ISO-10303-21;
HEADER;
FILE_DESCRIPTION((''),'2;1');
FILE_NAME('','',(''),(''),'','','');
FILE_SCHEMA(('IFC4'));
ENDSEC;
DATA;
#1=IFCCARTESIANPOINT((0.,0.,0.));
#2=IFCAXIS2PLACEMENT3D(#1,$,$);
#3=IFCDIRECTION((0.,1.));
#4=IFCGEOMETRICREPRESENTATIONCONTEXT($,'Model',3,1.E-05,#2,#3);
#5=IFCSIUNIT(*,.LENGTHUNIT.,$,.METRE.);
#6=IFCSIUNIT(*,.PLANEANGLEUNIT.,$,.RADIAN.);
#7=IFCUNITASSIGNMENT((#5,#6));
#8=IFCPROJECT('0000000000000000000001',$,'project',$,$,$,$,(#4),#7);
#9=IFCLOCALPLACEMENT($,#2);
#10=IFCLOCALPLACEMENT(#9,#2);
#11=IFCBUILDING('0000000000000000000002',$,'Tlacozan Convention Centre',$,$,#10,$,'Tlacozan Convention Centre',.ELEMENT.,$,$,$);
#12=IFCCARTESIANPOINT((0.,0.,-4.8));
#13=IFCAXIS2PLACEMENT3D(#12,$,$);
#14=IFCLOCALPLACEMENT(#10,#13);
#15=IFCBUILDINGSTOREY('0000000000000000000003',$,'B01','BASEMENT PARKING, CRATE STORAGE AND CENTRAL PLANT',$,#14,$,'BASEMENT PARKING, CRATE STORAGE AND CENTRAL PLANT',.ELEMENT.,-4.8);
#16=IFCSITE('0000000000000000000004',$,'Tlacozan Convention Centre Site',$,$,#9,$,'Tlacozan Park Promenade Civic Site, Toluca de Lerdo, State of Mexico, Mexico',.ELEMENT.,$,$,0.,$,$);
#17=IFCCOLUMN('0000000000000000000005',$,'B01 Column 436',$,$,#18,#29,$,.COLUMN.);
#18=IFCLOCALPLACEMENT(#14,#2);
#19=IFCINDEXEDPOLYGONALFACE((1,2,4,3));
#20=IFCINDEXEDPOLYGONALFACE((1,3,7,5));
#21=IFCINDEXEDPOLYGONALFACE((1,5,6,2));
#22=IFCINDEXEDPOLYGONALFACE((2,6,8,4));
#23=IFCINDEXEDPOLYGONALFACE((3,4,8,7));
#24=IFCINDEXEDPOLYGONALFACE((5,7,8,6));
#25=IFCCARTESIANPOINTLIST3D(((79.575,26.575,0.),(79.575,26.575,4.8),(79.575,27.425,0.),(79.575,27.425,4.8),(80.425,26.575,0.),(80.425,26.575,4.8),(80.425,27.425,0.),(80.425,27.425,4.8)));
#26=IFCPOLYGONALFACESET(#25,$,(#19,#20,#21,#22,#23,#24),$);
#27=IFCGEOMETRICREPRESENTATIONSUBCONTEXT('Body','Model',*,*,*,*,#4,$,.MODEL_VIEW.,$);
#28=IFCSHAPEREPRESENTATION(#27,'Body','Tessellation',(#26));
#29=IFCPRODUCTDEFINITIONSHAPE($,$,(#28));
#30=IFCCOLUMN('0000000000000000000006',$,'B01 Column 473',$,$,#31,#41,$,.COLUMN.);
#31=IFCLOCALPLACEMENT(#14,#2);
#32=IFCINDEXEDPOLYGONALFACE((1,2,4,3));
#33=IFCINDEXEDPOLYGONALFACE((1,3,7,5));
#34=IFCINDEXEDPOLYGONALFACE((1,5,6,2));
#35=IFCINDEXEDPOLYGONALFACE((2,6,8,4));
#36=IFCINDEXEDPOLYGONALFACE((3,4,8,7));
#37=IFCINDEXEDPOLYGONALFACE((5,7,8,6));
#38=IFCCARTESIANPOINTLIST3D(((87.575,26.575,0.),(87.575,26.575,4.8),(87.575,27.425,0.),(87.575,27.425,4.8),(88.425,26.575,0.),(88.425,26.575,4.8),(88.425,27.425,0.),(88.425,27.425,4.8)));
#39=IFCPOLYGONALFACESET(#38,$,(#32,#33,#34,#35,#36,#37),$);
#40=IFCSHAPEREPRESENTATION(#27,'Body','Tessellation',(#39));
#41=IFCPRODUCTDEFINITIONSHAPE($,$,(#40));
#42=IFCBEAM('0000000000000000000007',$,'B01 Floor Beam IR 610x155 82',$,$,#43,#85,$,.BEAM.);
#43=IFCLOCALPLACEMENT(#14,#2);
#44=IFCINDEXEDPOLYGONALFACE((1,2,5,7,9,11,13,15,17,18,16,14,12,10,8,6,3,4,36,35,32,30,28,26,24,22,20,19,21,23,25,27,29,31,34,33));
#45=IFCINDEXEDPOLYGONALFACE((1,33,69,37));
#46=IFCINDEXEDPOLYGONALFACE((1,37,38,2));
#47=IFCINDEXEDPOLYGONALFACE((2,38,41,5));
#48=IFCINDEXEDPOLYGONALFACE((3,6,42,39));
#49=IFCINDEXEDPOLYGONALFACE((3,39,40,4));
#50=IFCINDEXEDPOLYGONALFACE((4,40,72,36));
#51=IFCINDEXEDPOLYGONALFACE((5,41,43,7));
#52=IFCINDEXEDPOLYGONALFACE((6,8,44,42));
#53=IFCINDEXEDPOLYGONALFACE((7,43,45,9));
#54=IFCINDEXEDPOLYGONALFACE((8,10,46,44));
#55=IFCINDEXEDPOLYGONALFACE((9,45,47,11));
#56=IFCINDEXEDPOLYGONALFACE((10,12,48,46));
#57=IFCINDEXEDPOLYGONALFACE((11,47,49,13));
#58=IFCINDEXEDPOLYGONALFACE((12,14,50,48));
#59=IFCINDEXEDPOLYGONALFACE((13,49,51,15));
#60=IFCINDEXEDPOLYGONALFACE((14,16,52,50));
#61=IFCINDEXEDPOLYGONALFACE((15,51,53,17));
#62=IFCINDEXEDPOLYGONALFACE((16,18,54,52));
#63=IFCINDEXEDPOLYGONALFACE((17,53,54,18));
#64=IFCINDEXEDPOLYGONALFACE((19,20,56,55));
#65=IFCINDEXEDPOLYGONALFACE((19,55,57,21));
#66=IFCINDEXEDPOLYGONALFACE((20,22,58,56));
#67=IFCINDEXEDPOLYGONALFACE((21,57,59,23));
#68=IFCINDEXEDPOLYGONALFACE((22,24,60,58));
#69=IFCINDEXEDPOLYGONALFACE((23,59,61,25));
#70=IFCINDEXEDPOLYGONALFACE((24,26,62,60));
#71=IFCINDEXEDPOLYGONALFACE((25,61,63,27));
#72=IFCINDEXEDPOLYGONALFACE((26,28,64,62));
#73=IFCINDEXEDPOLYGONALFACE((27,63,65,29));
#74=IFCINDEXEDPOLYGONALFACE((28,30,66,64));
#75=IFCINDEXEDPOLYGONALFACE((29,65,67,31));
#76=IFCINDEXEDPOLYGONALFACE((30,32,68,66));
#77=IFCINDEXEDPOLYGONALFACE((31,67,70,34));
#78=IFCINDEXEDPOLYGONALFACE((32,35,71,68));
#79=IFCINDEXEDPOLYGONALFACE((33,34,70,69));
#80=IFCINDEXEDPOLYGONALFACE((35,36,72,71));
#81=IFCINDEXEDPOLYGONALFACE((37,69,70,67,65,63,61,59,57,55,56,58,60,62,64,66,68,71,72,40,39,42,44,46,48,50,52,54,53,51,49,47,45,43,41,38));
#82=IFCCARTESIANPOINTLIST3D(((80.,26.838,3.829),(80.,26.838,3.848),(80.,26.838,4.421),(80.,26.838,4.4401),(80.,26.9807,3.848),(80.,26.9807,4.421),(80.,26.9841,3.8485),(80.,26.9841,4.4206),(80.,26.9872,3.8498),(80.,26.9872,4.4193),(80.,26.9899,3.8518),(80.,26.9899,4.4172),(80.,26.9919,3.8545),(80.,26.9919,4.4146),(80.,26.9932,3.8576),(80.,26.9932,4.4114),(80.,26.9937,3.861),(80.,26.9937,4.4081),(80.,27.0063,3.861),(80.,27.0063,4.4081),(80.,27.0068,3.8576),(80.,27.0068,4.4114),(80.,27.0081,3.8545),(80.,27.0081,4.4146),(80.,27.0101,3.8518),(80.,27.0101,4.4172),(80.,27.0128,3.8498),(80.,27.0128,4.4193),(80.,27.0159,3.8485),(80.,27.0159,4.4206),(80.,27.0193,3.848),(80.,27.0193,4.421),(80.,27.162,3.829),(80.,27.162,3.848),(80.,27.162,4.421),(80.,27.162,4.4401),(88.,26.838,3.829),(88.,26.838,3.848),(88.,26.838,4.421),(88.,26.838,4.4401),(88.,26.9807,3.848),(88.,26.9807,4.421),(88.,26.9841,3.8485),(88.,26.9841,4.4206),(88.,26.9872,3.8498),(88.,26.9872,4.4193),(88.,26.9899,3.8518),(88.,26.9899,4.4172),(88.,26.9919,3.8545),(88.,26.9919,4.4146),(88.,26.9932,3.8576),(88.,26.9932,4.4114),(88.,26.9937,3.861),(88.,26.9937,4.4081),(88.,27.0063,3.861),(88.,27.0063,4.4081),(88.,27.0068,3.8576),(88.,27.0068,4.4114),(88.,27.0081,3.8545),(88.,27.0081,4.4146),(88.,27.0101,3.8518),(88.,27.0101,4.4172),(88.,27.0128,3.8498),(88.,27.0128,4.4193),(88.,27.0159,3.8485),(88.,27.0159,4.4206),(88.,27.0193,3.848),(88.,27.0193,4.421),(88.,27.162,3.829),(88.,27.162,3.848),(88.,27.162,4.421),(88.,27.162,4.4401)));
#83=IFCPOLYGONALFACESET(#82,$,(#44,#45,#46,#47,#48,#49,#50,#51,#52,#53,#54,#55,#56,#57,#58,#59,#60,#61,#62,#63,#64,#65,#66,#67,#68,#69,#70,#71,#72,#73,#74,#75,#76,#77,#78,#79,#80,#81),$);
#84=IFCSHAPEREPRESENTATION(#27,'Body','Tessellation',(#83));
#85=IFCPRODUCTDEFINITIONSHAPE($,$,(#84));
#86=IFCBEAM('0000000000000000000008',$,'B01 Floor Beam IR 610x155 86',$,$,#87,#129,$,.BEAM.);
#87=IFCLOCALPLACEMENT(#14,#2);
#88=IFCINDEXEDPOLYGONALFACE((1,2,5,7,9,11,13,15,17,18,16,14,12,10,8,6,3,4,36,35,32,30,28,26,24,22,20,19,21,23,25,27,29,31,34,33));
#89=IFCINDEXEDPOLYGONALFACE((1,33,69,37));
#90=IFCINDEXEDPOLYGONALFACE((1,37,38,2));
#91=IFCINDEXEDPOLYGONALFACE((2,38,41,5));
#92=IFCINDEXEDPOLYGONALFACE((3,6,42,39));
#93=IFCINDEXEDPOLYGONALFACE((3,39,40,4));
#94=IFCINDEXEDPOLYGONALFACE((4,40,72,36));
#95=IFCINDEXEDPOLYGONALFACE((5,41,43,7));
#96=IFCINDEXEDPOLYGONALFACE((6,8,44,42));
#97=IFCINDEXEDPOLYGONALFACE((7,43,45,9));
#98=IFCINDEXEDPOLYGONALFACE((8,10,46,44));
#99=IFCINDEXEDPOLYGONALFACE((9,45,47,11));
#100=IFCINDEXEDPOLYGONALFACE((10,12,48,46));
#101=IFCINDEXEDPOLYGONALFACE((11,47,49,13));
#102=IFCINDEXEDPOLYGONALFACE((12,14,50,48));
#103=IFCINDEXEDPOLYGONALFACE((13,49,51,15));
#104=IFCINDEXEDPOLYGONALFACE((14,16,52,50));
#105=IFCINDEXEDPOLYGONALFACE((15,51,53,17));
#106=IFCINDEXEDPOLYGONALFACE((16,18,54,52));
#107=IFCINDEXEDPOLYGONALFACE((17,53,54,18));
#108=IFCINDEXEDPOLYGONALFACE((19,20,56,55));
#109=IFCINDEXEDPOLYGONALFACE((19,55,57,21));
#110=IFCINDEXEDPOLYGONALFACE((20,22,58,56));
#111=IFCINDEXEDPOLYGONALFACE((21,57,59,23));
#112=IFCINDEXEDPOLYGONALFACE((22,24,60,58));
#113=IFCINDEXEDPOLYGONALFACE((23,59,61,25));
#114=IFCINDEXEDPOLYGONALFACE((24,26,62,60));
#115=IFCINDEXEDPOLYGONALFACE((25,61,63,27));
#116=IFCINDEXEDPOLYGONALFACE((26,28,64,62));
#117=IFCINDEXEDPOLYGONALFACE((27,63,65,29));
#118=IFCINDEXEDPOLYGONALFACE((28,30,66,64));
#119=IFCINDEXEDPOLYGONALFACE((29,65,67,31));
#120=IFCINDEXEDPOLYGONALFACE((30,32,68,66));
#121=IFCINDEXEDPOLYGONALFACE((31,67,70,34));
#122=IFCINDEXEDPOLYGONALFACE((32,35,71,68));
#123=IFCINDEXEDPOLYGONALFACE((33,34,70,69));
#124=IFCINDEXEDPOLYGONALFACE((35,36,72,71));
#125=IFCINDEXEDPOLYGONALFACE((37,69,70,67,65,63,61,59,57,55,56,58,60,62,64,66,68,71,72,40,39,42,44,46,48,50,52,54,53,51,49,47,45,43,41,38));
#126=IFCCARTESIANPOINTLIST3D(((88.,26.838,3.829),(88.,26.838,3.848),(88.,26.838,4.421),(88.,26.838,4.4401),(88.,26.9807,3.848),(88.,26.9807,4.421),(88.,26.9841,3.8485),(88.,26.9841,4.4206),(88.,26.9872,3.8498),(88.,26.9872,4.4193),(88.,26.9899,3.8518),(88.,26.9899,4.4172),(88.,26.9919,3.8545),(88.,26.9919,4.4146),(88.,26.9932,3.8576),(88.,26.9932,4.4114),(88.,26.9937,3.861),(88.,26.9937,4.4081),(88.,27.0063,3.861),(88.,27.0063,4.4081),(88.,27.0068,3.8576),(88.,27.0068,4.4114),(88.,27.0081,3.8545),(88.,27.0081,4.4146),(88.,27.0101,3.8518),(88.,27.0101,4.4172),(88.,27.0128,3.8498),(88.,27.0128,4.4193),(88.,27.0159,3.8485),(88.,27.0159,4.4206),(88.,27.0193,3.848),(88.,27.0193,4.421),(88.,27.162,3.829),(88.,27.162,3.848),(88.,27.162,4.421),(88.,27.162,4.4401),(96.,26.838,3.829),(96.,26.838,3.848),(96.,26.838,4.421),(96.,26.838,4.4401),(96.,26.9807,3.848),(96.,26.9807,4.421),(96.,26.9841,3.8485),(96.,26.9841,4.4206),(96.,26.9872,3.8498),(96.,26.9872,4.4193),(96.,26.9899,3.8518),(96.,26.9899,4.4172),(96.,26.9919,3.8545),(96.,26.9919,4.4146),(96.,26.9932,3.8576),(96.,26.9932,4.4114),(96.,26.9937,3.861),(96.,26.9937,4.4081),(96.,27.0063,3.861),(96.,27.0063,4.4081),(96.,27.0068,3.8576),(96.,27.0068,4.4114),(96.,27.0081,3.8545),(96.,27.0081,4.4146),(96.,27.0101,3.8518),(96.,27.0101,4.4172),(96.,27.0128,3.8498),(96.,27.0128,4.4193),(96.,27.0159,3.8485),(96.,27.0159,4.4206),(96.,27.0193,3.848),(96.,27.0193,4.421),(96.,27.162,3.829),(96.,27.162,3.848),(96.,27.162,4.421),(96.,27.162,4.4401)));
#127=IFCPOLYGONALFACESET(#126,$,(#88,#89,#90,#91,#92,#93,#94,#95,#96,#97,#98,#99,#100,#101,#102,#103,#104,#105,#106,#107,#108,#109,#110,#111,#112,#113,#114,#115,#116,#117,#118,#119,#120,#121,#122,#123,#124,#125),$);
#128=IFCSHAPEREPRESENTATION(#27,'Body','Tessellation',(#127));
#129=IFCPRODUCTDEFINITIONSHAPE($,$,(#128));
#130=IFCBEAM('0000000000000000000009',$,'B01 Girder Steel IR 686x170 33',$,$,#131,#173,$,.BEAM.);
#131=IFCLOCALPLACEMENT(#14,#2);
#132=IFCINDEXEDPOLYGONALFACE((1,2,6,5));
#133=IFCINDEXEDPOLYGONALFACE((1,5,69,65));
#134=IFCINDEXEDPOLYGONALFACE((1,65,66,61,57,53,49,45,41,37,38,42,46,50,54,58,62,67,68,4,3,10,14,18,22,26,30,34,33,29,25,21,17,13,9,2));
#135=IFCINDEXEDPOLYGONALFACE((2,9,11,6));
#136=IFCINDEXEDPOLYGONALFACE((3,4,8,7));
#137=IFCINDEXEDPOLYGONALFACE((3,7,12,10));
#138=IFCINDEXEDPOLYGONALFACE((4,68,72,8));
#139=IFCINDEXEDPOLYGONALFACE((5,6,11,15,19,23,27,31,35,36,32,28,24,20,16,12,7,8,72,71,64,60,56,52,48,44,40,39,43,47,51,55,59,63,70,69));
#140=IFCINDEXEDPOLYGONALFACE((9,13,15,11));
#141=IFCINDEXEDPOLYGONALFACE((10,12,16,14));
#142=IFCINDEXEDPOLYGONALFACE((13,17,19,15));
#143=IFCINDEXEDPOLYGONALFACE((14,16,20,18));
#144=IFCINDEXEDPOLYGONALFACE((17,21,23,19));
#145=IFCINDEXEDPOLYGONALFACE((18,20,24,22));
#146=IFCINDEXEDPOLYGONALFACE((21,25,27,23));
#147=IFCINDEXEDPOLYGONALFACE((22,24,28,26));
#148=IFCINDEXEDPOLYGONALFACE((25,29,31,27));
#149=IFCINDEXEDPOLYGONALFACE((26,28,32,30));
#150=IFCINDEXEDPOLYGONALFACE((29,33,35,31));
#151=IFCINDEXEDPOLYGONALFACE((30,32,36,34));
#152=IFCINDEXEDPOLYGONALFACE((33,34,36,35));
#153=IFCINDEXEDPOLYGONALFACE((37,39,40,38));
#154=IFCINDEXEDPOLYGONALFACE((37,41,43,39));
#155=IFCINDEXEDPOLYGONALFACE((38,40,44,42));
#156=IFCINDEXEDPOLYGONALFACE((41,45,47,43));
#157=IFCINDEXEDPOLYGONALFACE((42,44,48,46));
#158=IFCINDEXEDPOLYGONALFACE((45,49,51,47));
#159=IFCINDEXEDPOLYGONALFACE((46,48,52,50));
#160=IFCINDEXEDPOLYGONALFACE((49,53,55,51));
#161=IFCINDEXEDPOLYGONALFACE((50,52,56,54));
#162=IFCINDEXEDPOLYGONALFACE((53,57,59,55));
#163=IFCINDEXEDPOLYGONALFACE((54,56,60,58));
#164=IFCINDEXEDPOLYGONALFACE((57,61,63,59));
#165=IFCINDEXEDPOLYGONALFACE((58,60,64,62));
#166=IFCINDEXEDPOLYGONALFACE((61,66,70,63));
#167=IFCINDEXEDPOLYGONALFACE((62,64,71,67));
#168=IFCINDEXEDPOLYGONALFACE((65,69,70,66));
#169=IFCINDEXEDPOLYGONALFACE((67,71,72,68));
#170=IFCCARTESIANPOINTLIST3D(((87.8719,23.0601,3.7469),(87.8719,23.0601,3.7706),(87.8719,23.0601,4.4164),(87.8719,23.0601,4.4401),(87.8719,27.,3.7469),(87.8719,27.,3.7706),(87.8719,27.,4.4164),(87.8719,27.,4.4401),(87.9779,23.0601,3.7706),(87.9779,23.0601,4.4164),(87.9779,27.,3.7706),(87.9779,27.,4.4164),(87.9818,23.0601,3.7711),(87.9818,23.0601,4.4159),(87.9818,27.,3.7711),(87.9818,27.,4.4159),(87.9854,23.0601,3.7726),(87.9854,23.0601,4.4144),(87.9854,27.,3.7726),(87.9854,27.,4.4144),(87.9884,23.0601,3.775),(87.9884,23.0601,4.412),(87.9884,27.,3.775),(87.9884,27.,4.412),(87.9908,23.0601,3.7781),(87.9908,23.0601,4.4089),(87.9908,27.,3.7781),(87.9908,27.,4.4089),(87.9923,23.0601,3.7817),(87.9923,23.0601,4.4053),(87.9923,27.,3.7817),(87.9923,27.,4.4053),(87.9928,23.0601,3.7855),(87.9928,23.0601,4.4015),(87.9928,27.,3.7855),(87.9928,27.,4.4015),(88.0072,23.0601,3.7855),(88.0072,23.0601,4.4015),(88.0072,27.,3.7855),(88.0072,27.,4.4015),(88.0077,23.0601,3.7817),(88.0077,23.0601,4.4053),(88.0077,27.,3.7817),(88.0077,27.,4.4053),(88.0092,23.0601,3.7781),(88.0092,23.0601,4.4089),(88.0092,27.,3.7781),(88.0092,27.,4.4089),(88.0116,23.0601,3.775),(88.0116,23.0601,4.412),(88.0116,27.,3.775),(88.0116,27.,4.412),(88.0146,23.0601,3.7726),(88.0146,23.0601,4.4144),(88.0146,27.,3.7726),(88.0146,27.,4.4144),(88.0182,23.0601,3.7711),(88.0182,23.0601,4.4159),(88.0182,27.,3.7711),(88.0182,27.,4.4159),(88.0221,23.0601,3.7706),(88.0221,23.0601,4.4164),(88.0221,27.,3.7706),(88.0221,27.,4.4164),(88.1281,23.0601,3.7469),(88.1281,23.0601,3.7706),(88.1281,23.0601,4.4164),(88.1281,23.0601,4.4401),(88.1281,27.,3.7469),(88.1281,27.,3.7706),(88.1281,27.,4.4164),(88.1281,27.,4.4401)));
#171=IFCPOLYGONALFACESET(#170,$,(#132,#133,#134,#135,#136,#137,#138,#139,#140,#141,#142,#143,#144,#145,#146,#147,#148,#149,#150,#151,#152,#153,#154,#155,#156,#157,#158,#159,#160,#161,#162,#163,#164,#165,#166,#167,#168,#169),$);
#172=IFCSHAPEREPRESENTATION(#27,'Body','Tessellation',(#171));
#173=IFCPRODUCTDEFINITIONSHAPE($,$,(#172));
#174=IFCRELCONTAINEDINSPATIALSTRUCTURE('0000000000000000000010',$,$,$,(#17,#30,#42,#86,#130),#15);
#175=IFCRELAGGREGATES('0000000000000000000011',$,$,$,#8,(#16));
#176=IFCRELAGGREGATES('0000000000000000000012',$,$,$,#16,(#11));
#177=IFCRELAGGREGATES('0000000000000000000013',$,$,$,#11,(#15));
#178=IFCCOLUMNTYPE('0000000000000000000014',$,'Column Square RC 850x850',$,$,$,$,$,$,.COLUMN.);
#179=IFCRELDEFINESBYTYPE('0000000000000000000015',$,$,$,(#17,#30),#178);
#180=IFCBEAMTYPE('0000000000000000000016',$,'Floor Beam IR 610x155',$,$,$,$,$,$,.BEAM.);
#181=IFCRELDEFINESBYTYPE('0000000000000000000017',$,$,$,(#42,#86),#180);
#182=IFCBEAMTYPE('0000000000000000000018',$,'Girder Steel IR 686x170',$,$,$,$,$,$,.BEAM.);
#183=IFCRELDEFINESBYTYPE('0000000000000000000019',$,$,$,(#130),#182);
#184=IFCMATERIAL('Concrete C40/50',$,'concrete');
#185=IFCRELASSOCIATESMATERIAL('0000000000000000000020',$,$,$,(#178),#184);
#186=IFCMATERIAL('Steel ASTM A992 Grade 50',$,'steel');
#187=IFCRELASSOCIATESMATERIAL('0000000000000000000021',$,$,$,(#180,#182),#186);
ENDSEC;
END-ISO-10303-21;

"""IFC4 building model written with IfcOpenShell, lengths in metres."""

from ifc_helpers import new_model, si_unit, direction, frame, origin, origin_2d, place, context, subcontext, project, spatial, rectangle, i_section, extrude, material, material_profile, profile_set, type_object, element, save


model = new_model("IFC4")

# Units and contexts
model_context = context("Model", 3, precision=1e-05, world=origin(), true_north=direction((0.0, 1.0)))
body_context = subcontext(model_context, "Body", "Model", "MODEL_VIEW")
ifc_project = project(units=[si_unit("LENGTHUNIT", "METRE"), si_unit("PLANEANGLEUNIT", "RADIAN")], contexts=[model_context])

# Site, building, storey
site_placement = place(None, origin())
site = spatial("IfcSite", under=ifc_project, at=site_placement, Name="Tlacozan Convention Centre Site", LongName="Tlacozan Park Promenade Civic Site, Toluca de Lerdo, State of Mexico, Mexico", CompositionType="ELEMENT", RefElevation=0.0)
building_placement = place(site_placement, origin())
building = spatial("IfcBuilding", under=site, at=building_placement, Name="Tlacozan Convention Centre", LongName="Tlacozan Convention Centre", CompositionType="ELEMENT")
storey_placement = place(building_placement, frame((0.0, 0.0, -4.8)))
storey = spatial("IfcBuildingStorey", under=building, at=storey_placement, Name="B01", Description="BASEMENT PARKING, CRATE STORAGE AND CENTRAL PLANT", LongName="BASEMENT PARKING, CRATE STORAGE AND CENTRAL PLANT", CompositionType="ELEMENT", Elevation=-4.8)

# Columns
ifc_material_1 = material(Name="Concrete C40/50", Category="concrete")
ifc_material_profile_1 = material_profile(ifc_material_1, rectangle(XDim=0.8501, YDim=0.8501, at=origin_2d()), Name="RC 850x850")
ifc_profile_set_1 = profile_set([ifc_material_profile_1], Name="Concrete C40/50")
column_type = type_object("IfcColumnType", Name="Column Square RC 850x850", PredefinedType="COLUMN", material=ifc_profile_set_1)
for number, where, z_axis, x_axis, name in (
    (1, (80.0, 27.0, 0.0), (0.0, 0.0, 1.0), (1.0, 0.0, 0.0), "B01 Column 436"),
    (2, (88.0, 27.0, 0.0), (0.0, 0.0, 1.0), (1.0, 0.0, 0.0), "B01 Column 473"),
):
    element("IfcColumn", number, at=place(storey_placement, frame(where, z_axis=z_axis, x_axis=x_axis)), inside=storey, type_object=column_type, Name=name, PredefinedType="COLUMN", context=body_context, shape_type="SweptSolid", body=[
        extrude(rectangle(XDim=0.8501, YDim=0.8501, at=origin_2d()), origin(), (0.0, 0.0, 1.0), 4.8),
    ])

# Beams
ifc_material_2 = material(Name="Steel ASTM A992 Grade 50", Category="steel")
ifc_material_profile_2 = material_profile(ifc_material_2, i_section(OverallWidth=0.324, OverallDepth=0.6111, WebThickness=0.0127, FlangeThickness=0.019, FilletRadius=0.0129, at=origin_2d()), Name="IR 610x155.0")
ifc_profile_set_2 = profile_set([ifc_material_profile_2], Name="Steel ASTM A992 Grade 50")
beam_type_1 = type_object("IfcBeamType", Name="Floor Beam IR 610x155", PredefinedType="BEAM", material=ifc_profile_set_2)
for number, where, z_axis, x_axis, name in (
    (3, (80.0, 27.0, 4.1345), (1.0, 0.0, 0.0), (0.0, 1.0, 0.0), "B01 Floor Beam IR 610x155 82"),
    (4, (88.0, 27.0, 4.1345), (1.0, 0.0, 0.0), (0.0, 1.0, 0.0), "B01 Floor Beam IR 610x155 86"),
):
    element("IfcBeam", number, at=place(storey_placement, frame(where, z_axis=z_axis, x_axis=x_axis)), inside=storey, type_object=beam_type_1, Name=name, PredefinedType="BEAM", context=body_context, shape_type="SweptSolid", body=[
        extrude(i_section(OverallWidth=0.324, OverallDepth=0.6111, WebThickness=0.0127, FlangeThickness=0.019, FilletRadius=0.0129, at=origin_2d()), origin(), (0.0, 0.0, 1.0), 8.0),
    ])
ifc_material_profile_3 = material_profile(ifc_material_2, i_section(OverallWidth=0.2561, OverallDepth=0.6931, WebThickness=0.0144, FlangeThickness=0.0237, FilletRadius=0.0149, at=origin_2d()), Name="IR 686x170.0")
ifc_profile_set_3 = profile_set([ifc_material_profile_3], Name="Steel ASTM A992 Grade 50")
beam_type_2 = type_object("IfcBeamType", Name="Girder Steel IR 686x170", PredefinedType="BEAM", material=ifc_profile_set_3)
beam_placement = place(storey_placement, frame((88.0, 23.0601, 4.0935), z_axis=(0.0, 1.0, 0.0), x_axis=(-1.0, 0.0, 0.0)))
element("IfcBeam", 5, at=beam_placement, inside=storey, type_object=beam_type_2, Name="B01 Girder Steel IR 686x170 33", PredefinedType="BEAM", context=body_context, shape_type="SweptSolid", body=[
    extrude(i_section(OverallWidth=0.2561, OverallDepth=0.6931, WebThickness=0.0144, FlangeThickness=0.0237, FilletRadius=0.0149, at=origin_2d()), origin(), (0.0, 0.0, 1.0), 3.9399),
])

save(model, "model.ifc")
